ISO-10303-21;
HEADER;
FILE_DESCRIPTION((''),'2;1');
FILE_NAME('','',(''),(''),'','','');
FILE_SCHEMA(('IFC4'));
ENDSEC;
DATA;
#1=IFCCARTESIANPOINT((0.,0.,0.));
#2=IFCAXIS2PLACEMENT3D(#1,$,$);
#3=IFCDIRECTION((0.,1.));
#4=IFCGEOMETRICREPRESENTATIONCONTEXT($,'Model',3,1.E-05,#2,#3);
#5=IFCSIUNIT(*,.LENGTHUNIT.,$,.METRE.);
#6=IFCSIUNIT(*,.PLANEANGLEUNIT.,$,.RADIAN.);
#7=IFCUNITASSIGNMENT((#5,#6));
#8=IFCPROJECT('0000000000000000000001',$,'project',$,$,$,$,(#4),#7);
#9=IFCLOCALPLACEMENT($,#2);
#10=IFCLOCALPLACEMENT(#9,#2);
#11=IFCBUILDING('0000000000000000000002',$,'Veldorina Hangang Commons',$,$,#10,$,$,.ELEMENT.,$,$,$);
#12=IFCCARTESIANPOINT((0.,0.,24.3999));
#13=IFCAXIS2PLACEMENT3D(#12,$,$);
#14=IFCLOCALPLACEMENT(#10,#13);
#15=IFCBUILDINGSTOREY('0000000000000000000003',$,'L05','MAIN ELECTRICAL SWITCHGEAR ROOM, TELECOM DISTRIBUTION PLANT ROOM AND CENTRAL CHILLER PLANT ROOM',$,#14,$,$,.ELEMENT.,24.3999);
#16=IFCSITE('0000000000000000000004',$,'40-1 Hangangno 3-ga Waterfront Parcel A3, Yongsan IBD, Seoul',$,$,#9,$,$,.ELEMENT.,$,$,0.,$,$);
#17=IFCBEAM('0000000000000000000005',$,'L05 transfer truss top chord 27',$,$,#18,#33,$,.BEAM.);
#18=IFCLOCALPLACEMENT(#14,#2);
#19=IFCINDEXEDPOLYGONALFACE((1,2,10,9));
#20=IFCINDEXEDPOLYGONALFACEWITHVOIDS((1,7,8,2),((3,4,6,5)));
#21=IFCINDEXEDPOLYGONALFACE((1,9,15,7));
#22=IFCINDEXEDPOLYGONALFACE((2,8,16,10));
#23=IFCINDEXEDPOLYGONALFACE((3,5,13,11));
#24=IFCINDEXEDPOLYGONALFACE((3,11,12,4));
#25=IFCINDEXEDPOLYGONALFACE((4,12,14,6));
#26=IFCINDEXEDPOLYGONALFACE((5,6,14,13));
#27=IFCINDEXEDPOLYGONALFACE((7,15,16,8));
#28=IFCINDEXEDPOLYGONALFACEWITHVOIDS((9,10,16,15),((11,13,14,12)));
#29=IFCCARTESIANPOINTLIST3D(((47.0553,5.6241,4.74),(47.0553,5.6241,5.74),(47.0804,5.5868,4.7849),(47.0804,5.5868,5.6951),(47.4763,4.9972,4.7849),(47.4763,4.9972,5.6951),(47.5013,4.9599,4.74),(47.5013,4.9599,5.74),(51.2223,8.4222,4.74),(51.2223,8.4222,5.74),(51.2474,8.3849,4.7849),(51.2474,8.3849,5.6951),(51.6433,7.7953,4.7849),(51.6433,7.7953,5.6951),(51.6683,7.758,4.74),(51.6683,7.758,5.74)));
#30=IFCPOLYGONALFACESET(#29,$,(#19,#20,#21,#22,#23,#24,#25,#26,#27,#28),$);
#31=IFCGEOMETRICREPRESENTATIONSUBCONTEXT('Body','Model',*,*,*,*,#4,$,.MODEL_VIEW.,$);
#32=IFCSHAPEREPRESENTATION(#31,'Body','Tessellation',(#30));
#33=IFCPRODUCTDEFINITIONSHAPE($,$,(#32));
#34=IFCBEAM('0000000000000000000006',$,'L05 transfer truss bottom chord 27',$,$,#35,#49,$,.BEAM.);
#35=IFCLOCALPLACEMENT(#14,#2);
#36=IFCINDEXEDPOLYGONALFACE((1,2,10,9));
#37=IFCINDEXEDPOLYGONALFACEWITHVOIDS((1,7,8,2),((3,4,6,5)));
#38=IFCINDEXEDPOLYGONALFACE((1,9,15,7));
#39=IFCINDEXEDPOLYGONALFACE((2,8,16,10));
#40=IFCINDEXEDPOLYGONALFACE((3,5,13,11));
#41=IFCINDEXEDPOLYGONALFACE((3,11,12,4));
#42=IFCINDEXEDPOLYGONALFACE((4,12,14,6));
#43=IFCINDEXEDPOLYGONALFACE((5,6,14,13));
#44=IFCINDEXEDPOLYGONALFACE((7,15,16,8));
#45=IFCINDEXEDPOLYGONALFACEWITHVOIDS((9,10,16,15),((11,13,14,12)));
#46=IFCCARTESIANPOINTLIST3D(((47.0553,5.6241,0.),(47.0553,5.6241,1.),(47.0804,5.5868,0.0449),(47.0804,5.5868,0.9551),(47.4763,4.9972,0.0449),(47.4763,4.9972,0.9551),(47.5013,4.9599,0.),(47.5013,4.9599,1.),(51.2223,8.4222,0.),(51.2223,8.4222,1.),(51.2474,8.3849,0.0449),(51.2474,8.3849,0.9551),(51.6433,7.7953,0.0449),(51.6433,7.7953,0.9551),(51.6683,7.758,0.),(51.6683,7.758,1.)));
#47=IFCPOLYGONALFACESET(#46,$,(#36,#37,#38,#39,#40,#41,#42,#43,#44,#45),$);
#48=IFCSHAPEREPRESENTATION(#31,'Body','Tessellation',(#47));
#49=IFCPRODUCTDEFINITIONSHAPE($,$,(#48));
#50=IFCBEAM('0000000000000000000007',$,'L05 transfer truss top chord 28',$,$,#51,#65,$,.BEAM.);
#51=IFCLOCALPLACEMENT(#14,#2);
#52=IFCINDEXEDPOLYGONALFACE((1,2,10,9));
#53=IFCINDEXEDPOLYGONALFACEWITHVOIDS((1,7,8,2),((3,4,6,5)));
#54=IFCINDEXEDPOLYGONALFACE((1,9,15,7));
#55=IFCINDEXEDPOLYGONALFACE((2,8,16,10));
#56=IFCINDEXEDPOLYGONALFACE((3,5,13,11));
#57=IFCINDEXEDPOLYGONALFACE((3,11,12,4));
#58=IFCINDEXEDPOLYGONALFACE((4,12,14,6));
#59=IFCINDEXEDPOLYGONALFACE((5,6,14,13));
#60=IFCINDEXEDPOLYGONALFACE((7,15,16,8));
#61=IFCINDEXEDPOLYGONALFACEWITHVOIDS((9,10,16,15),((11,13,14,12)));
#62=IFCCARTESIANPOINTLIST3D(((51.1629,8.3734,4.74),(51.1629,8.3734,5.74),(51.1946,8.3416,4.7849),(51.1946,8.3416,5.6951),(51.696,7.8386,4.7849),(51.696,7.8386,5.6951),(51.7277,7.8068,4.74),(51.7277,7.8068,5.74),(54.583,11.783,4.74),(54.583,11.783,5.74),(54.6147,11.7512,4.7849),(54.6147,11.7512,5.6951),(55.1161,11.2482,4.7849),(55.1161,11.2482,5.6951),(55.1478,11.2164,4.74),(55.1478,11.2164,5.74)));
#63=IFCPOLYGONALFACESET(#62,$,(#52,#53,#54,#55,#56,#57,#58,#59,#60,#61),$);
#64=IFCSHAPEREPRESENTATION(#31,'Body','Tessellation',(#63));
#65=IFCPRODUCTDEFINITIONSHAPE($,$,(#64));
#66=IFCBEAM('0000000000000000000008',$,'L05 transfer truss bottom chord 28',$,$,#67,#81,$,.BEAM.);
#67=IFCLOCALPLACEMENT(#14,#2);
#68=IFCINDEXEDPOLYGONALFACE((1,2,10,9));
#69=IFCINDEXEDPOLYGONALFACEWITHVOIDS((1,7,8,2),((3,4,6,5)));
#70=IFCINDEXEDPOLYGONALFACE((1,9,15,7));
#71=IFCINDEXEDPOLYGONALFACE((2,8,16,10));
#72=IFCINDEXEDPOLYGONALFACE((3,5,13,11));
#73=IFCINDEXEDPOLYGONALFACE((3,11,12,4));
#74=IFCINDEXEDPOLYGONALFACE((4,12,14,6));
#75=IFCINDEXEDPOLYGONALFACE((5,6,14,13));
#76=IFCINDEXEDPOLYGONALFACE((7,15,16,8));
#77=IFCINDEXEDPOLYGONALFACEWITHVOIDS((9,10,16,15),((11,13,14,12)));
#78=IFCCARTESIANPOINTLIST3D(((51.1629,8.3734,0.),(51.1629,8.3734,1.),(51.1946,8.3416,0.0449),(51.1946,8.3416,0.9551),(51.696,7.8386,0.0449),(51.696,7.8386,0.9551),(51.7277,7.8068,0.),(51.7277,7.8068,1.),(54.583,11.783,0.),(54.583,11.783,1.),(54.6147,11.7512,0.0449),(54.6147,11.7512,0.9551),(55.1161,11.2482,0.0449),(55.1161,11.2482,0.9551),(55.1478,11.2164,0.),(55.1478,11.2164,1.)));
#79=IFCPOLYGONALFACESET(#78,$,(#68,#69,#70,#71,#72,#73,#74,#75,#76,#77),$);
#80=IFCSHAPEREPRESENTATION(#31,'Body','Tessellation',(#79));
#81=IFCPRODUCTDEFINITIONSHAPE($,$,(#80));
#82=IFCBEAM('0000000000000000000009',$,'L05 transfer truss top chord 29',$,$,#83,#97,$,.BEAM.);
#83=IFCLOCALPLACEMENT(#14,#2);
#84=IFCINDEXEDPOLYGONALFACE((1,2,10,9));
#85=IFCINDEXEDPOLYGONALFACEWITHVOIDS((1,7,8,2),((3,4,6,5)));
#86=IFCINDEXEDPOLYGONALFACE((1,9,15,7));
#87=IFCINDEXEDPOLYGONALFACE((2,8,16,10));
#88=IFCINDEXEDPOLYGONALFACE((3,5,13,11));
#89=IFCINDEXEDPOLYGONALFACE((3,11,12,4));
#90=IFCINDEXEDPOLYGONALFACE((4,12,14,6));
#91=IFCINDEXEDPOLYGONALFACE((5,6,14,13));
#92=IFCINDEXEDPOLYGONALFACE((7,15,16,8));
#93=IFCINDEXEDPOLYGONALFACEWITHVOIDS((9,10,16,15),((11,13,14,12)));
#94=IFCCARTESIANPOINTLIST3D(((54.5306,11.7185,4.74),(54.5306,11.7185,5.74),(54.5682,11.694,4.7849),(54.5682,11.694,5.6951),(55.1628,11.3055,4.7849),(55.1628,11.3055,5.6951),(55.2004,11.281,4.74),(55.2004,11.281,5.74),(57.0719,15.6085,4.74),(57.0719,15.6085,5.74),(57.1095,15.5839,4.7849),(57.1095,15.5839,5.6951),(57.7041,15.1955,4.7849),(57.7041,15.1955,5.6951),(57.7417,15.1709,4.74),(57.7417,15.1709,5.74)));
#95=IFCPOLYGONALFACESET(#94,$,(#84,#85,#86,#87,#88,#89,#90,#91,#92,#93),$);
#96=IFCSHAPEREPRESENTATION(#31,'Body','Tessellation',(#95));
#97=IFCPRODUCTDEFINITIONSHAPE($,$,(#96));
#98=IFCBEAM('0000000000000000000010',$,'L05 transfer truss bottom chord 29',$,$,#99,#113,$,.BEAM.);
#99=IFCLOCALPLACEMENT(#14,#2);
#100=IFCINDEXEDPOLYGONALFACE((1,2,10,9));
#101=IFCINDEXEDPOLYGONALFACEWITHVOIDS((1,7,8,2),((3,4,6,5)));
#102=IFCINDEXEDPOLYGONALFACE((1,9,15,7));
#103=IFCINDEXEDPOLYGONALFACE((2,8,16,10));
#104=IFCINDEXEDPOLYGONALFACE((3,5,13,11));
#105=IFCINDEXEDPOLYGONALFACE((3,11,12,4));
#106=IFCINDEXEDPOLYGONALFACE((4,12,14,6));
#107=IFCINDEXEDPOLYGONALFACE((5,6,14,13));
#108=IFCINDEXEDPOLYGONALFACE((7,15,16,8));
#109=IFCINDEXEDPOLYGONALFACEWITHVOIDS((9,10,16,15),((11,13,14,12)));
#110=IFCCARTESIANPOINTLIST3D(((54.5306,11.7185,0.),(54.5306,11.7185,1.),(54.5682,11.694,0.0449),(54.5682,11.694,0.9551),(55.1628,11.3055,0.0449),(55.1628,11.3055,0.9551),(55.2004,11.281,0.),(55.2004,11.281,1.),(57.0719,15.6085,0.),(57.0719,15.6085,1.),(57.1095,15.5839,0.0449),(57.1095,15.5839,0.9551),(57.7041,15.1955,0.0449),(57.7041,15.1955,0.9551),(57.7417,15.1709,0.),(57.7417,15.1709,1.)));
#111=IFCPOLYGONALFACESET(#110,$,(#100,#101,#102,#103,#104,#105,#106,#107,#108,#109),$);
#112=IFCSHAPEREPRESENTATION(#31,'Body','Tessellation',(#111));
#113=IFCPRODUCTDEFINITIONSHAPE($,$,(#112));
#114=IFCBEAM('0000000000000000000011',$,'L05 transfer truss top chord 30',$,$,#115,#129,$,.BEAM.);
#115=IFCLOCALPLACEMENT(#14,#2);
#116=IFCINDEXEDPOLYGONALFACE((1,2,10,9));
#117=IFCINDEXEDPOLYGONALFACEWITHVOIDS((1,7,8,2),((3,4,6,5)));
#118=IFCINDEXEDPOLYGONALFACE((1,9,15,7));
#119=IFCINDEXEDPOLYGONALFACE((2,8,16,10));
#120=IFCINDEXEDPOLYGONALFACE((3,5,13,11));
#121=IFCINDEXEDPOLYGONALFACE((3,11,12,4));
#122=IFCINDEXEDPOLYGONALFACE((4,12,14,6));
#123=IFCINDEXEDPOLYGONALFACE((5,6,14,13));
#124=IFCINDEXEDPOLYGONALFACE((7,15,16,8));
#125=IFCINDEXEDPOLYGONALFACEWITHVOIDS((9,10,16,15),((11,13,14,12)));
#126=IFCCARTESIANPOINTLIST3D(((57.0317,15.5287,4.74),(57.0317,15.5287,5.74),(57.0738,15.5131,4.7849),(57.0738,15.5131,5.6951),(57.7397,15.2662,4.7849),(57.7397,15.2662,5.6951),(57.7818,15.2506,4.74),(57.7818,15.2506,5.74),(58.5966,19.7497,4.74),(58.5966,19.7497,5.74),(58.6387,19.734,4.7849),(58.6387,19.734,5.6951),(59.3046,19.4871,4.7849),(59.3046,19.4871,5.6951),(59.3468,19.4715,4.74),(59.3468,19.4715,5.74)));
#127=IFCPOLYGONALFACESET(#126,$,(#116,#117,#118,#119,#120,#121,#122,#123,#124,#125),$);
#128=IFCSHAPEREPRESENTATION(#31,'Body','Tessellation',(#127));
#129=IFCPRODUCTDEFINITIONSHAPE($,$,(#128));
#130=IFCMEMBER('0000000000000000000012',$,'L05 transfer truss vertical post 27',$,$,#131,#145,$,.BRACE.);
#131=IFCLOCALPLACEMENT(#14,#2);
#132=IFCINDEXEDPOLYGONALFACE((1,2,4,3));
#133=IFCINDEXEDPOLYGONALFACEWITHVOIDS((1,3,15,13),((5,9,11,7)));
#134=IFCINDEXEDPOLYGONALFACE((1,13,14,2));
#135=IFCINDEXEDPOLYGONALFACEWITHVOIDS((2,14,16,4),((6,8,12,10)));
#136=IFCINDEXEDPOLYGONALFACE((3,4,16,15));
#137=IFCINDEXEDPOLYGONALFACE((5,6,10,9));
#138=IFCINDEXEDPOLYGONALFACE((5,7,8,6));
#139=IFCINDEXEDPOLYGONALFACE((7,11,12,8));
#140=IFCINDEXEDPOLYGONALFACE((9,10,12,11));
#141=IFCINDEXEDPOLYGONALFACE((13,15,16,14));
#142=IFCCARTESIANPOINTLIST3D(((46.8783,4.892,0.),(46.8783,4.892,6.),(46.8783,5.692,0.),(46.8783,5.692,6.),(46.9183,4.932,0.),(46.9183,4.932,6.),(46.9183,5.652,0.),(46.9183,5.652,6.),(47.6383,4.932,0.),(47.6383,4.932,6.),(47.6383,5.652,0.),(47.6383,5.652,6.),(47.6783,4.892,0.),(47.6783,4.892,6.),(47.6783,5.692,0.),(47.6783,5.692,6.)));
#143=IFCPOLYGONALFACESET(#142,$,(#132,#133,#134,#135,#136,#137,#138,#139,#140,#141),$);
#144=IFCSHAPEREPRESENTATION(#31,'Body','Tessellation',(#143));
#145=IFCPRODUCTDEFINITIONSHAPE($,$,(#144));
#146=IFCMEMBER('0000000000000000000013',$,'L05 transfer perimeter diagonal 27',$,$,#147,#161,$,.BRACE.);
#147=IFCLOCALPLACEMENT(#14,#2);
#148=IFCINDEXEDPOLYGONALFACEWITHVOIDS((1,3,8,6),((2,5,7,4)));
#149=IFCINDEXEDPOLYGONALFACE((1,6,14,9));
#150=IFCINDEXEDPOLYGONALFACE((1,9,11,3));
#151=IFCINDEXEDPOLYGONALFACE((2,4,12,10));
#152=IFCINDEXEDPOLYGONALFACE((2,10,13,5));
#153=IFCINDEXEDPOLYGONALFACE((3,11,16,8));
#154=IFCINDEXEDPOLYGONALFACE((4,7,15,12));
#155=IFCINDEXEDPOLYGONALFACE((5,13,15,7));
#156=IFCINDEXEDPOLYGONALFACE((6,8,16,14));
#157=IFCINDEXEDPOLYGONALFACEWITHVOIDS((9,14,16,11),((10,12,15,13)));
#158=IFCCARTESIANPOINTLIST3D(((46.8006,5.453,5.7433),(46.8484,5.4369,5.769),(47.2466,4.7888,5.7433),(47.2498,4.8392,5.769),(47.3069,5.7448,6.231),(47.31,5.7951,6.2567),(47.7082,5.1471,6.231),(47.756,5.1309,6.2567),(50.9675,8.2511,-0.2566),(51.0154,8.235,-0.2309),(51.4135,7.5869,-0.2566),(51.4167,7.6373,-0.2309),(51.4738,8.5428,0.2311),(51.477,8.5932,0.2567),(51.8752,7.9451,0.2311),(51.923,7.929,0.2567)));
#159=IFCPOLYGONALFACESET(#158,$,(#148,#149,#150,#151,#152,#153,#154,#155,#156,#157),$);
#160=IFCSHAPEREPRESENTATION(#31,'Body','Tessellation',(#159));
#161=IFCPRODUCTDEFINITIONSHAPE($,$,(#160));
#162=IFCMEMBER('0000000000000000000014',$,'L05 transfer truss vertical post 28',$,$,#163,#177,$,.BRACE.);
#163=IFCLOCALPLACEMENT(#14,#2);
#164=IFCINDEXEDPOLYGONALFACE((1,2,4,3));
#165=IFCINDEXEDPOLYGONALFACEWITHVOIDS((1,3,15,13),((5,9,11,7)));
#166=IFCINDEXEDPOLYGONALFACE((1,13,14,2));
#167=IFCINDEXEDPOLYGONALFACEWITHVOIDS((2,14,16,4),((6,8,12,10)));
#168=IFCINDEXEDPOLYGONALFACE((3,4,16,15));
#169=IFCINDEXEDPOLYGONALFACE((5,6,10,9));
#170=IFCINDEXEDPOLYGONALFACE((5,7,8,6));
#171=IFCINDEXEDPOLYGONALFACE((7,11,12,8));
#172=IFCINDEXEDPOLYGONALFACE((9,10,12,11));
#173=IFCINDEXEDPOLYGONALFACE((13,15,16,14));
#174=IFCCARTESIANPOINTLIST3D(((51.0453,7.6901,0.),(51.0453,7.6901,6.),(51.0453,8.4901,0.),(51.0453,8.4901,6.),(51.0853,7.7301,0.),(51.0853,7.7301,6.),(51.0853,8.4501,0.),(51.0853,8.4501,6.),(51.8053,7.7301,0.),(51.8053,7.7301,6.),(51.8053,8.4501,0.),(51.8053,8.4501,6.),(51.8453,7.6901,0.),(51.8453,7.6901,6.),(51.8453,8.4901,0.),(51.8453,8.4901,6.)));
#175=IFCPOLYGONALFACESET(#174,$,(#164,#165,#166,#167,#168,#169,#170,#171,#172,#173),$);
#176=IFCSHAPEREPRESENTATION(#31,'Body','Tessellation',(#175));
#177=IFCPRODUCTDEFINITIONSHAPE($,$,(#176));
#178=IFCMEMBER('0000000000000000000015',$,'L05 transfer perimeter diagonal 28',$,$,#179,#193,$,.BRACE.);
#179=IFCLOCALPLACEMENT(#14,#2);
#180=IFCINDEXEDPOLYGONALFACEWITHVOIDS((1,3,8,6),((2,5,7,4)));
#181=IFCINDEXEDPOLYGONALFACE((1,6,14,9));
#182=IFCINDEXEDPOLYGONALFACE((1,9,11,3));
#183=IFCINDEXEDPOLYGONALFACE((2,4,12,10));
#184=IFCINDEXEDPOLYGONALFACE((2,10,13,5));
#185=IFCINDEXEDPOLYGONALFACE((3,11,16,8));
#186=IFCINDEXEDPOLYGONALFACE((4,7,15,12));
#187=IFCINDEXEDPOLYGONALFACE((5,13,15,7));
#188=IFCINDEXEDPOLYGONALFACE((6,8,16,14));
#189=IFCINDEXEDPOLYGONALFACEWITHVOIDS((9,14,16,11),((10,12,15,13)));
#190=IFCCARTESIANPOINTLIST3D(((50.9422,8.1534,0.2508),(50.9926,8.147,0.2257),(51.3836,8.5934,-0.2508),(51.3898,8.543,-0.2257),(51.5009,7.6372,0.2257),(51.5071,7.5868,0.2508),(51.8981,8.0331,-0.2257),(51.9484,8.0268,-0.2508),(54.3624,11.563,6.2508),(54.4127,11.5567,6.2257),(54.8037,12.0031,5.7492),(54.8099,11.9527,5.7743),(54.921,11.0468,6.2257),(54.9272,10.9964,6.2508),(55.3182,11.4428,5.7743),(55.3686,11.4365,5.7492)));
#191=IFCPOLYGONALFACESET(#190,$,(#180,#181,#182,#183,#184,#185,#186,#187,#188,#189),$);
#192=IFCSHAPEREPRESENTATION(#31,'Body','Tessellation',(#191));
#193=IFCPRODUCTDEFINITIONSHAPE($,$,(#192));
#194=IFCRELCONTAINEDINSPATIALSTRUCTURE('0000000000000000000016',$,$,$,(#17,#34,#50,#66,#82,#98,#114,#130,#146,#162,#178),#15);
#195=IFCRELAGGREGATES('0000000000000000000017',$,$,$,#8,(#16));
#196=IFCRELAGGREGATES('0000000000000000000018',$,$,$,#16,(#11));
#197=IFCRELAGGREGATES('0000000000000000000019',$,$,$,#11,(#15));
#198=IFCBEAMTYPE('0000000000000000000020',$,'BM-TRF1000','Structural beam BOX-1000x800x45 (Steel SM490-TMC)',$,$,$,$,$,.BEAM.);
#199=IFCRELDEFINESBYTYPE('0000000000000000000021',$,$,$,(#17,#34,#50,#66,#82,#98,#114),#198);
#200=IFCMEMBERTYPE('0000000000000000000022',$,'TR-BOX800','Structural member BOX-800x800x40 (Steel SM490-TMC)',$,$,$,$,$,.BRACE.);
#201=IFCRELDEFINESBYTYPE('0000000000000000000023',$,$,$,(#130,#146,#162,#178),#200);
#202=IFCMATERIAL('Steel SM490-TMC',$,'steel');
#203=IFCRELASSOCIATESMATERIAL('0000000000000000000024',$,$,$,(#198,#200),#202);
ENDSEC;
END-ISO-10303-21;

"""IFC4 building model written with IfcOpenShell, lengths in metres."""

from ifc_helpers import new_model, si_unit, direction, frame, origin, origin_2d, place, context, subcontext, project, spatial, hollow_rectangle, extrude, material, material_profile, profile_set, type_object, element, save


model = new_model("IFC4")

# Units and contexts
model_context = context("Model", 3, precision=1e-05, world=origin(), true_north=direction((0.0, 1.0)))
body_context = subcontext(model_context, "Body", "Model", "MODEL_VIEW")
ifc_project = project(units=[si_unit("LENGTHUNIT", "METRE"), si_unit("PLANEANGLEUNIT", "RADIAN")], contexts=[model_context])

# Site, building, storey
site_placement = place(None, origin())
site = spatial("IfcSite", under=ifc_project, at=site_placement, Name="40-1 Hangangno 3-ga Waterfront Parcel A3, Yongsan IBD, Seoul", CompositionType="ELEMENT", RefElevation=0.0)
building_placement = place(site_placement, origin())
building = spatial("IfcBuilding", under=site, at=building_placement, Name="Veldorina Hangang Commons", CompositionType="ELEMENT")
storey_placement = place(building_placement, frame((0.0, 0.0, 24.3999)))
storey = spatial("IfcBuildingStorey", under=building, at=storey_placement, Name="L05", Description="MAIN ELECTRICAL SWITCHGEAR ROOM, TELECOM DISTRIBUTION PLANT ROOM AND CENTRAL CHILLER PLANT ROOM", CompositionType="ELEMENT", Elevation=24.3999)

# Beams
ifc_material_1 = material(Name="Steel SM490-TMC", Category="steel")
ifc_material_profile_1 = material_profile(ifc_material_1, hollow_rectangle(XDim=0.8, YDim=1.0, WallThickness=0.0449, at=origin_2d()), Name="BOX-1000x800x45")
ifc_profile_set_1 = profile_set([ifc_material_profile_1], Name="Steel SM490-TMC")
beam_type = type_object("IfcBeamType", Name="BM-TRF1000", Description="Structural beam BOX-1000x800x45 (Steel SM490-TMC)", PredefinedType="BEAM", material=ifc_profile_set_1)
for number, where, z_axis, x_axis, name in (
    (1, (47.2783, 5.292, 5.24), (0.830197, 0.55747, 0.0), (-0.55747, 0.830197, 0.0), "L05 transfer truss top chord 27"),
    (2, (47.2783, 5.292, 0.5), (0.830197, 0.55747, 0.0), (-0.55747, 0.830197, 0.0), "L05 transfer truss bottom chord 27"),
):
    element("IfcBeam", number, at=place(storey_placement, frame(where, z_axis=z_axis, x_axis=x_axis)), inside=storey, type_object=beam_type, Name=name, PredefinedType="BEAM", context=body_context, shape_type="SweptSolid", body=[
        extrude(hollow_rectangle(XDim=0.8, YDim=1.0, WallThickness=0.0449, at=origin_2d()), origin(), (0.0, 0.0, 1.0), 5.0193),
    ])
for number, where, z_axis, x_axis, name in (
    (3, (51.4453, 8.0901, 5.24), (0.708193, 0.706019, 0.0), (-0.706019, 0.708193, 0.0), "L05 transfer truss top chord 28"),
    (4, (51.4453, 8.0901, 0.5), (0.708193, 0.706019, 0.0), (-0.706019, 0.708193, 0.0), "L05 transfer truss bottom chord 28"),
):
    element("IfcBeam", number, at=place(storey_placement, frame(where, z_axis=z_axis, x_axis=x_axis)), inside=storey, type_object=beam_type, Name=name, PredefinedType="BEAM", context=body_context, shape_type="SweptSolid", body=[
        extrude(hollow_rectangle(XDim=0.8, YDim=1.0, WallThickness=0.0449, at=origin_2d()), origin(), (0.0, 0.0, 1.0), 4.8293),
    ])
for number, where, z_axis, x_axis, name in (
    (5, (54.8655, 11.4998, 5.24), (0.546928, 0.83718, 0.0), (-0.83718, 0.546928, 0.0), "L05 transfer truss top chord 29"),
    (6, (54.8655, 11.4998, 0.5), (0.546928, 0.83718, 0.0), (-0.83718, 0.546928, 0.0), "L05 transfer truss bottom chord 29"),
):
    element("IfcBeam", number, at=place(storey_placement, frame(where, z_axis=z_axis, x_axis=x_axis)), inside=storey, type_object=beam_type, Name=name, PredefinedType="BEAM", context=body_context, shape_type="SweptSolid", body=[
        extrude(hollow_rectangle(XDim=0.8, YDim=1.0, WallThickness=0.0449, at=origin_2d()), origin(), (0.0, 0.0, 1.0), 4.6465),
    ])
beam_placement = place(storey_placement, frame((57.4067, 15.3896, 5.24), z_axis=(0.347632, 0.937631, 0.0), x_axis=(-0.937631, 0.347632, 0.0)))
element("IfcBeam", 7, at=beam_placement, inside=storey, type_object=beam_type, Name="L05 transfer truss top chord 30", PredefinedType="BEAM", context=body_context, shape_type="SweptSolid", body=[
    extrude(hollow_rectangle(XDim=0.8, YDim=1.0, WallThickness=0.0449, at=origin_2d()), origin(), (0.0, 0.0, 1.0), 4.5017),
])

# Members
ifc_material_profile_2 = material_profile(ifc_material_1, hollow_rectangle(XDim=0.8, YDim=0.8, WallThickness=0.04, at=origin_2d()), Name="BOX-800x800x40")
ifc_profile_set_2 = profile_set([ifc_material_profile_2], Name="Steel SM490-TMC")
member_type = type_object("IfcMemberType", Name="TR-BOX800", Description="Structural member BOX-800x800x40 (Steel SM490-TMC)", PredefinedType="BRACE", material=ifc_profile_set_2)
member_1_placement = place(storey_placement, frame((47.2783, 5.292, 0.0), z_axis=(0.0, 0.0, 1.0), x_axis=(1.0, 0.0, 0.0)))
element("IfcMember", 8, at=member_1_placement, inside=storey, type_object=member_type, Name="L05 transfer truss vertical post 27", PredefinedType="BRACE", context=body_context, shape_type="SweptSolid", body=[
    extrude(hollow_rectangle(XDim=0.8, YDim=0.8, WallThickness=0.04, at=origin_2d()), origin(), (0.0, 0.0, 1.0), 6.0),
])
member_2_placement = place(storey_placement, frame((47.2783, 5.292, 6.0), z_axis=(0.532686, 0.357694, -0.767008), x_axis=(-0.55747, 0.830197, 0.0)))
element("IfcMember", 9, at=member_2_placement, inside=storey, type_object=member_type, Name="L05 transfer perimeter diagonal 27", PredefinedType="BRACE", context=body_context, shape_type="SweptSolid", body=[
    extrude(hollow_rectangle(XDim=0.8, YDim=0.8, WallThickness=0.04, at=origin_2d()), origin(), (0.0, 0.0, 1.0), 7.8225),
])
member_3_placement = place(storey_placement, frame((51.4453, 8.0901, 0.0), z_axis=(0.0, 0.0, 1.0), x_axis=(1.0, 0.0, 0.0)))
element("IfcMember", 10, at=member_3_placement, inside=storey, type_object=member_type, Name="L05 transfer truss vertical post 28", PredefinedType="BRACE", context=body_context, shape_type="SweptSolid", body=[
    extrude(hollow_rectangle(XDim=0.8, YDim=0.8, WallThickness=0.04, at=origin_2d()), origin(), (0.0, 0.0, 1.0), 6.0),
])
member_4_placement = place(storey_placement, frame((51.4453, 8.0901, 0.0), z_axis=(0.444052, 0.442689, 0.779002), x_axis=(-0.706019, 0.708193, 0.0)))
element("IfcMember", 11, at=member_4_placement, inside=storey, type_object=member_type, Name="L05 transfer perimeter diagonal 28", PredefinedType="BRACE", context=body_context, shape_type="SweptSolid", body=[
    extrude(hollow_rectangle(XDim=0.8, YDim=0.8, WallThickness=0.04, at=origin_2d()), origin(), (0.0, 0.0, 1.0), 7.7021),
])

save(model, "model.ifc")
